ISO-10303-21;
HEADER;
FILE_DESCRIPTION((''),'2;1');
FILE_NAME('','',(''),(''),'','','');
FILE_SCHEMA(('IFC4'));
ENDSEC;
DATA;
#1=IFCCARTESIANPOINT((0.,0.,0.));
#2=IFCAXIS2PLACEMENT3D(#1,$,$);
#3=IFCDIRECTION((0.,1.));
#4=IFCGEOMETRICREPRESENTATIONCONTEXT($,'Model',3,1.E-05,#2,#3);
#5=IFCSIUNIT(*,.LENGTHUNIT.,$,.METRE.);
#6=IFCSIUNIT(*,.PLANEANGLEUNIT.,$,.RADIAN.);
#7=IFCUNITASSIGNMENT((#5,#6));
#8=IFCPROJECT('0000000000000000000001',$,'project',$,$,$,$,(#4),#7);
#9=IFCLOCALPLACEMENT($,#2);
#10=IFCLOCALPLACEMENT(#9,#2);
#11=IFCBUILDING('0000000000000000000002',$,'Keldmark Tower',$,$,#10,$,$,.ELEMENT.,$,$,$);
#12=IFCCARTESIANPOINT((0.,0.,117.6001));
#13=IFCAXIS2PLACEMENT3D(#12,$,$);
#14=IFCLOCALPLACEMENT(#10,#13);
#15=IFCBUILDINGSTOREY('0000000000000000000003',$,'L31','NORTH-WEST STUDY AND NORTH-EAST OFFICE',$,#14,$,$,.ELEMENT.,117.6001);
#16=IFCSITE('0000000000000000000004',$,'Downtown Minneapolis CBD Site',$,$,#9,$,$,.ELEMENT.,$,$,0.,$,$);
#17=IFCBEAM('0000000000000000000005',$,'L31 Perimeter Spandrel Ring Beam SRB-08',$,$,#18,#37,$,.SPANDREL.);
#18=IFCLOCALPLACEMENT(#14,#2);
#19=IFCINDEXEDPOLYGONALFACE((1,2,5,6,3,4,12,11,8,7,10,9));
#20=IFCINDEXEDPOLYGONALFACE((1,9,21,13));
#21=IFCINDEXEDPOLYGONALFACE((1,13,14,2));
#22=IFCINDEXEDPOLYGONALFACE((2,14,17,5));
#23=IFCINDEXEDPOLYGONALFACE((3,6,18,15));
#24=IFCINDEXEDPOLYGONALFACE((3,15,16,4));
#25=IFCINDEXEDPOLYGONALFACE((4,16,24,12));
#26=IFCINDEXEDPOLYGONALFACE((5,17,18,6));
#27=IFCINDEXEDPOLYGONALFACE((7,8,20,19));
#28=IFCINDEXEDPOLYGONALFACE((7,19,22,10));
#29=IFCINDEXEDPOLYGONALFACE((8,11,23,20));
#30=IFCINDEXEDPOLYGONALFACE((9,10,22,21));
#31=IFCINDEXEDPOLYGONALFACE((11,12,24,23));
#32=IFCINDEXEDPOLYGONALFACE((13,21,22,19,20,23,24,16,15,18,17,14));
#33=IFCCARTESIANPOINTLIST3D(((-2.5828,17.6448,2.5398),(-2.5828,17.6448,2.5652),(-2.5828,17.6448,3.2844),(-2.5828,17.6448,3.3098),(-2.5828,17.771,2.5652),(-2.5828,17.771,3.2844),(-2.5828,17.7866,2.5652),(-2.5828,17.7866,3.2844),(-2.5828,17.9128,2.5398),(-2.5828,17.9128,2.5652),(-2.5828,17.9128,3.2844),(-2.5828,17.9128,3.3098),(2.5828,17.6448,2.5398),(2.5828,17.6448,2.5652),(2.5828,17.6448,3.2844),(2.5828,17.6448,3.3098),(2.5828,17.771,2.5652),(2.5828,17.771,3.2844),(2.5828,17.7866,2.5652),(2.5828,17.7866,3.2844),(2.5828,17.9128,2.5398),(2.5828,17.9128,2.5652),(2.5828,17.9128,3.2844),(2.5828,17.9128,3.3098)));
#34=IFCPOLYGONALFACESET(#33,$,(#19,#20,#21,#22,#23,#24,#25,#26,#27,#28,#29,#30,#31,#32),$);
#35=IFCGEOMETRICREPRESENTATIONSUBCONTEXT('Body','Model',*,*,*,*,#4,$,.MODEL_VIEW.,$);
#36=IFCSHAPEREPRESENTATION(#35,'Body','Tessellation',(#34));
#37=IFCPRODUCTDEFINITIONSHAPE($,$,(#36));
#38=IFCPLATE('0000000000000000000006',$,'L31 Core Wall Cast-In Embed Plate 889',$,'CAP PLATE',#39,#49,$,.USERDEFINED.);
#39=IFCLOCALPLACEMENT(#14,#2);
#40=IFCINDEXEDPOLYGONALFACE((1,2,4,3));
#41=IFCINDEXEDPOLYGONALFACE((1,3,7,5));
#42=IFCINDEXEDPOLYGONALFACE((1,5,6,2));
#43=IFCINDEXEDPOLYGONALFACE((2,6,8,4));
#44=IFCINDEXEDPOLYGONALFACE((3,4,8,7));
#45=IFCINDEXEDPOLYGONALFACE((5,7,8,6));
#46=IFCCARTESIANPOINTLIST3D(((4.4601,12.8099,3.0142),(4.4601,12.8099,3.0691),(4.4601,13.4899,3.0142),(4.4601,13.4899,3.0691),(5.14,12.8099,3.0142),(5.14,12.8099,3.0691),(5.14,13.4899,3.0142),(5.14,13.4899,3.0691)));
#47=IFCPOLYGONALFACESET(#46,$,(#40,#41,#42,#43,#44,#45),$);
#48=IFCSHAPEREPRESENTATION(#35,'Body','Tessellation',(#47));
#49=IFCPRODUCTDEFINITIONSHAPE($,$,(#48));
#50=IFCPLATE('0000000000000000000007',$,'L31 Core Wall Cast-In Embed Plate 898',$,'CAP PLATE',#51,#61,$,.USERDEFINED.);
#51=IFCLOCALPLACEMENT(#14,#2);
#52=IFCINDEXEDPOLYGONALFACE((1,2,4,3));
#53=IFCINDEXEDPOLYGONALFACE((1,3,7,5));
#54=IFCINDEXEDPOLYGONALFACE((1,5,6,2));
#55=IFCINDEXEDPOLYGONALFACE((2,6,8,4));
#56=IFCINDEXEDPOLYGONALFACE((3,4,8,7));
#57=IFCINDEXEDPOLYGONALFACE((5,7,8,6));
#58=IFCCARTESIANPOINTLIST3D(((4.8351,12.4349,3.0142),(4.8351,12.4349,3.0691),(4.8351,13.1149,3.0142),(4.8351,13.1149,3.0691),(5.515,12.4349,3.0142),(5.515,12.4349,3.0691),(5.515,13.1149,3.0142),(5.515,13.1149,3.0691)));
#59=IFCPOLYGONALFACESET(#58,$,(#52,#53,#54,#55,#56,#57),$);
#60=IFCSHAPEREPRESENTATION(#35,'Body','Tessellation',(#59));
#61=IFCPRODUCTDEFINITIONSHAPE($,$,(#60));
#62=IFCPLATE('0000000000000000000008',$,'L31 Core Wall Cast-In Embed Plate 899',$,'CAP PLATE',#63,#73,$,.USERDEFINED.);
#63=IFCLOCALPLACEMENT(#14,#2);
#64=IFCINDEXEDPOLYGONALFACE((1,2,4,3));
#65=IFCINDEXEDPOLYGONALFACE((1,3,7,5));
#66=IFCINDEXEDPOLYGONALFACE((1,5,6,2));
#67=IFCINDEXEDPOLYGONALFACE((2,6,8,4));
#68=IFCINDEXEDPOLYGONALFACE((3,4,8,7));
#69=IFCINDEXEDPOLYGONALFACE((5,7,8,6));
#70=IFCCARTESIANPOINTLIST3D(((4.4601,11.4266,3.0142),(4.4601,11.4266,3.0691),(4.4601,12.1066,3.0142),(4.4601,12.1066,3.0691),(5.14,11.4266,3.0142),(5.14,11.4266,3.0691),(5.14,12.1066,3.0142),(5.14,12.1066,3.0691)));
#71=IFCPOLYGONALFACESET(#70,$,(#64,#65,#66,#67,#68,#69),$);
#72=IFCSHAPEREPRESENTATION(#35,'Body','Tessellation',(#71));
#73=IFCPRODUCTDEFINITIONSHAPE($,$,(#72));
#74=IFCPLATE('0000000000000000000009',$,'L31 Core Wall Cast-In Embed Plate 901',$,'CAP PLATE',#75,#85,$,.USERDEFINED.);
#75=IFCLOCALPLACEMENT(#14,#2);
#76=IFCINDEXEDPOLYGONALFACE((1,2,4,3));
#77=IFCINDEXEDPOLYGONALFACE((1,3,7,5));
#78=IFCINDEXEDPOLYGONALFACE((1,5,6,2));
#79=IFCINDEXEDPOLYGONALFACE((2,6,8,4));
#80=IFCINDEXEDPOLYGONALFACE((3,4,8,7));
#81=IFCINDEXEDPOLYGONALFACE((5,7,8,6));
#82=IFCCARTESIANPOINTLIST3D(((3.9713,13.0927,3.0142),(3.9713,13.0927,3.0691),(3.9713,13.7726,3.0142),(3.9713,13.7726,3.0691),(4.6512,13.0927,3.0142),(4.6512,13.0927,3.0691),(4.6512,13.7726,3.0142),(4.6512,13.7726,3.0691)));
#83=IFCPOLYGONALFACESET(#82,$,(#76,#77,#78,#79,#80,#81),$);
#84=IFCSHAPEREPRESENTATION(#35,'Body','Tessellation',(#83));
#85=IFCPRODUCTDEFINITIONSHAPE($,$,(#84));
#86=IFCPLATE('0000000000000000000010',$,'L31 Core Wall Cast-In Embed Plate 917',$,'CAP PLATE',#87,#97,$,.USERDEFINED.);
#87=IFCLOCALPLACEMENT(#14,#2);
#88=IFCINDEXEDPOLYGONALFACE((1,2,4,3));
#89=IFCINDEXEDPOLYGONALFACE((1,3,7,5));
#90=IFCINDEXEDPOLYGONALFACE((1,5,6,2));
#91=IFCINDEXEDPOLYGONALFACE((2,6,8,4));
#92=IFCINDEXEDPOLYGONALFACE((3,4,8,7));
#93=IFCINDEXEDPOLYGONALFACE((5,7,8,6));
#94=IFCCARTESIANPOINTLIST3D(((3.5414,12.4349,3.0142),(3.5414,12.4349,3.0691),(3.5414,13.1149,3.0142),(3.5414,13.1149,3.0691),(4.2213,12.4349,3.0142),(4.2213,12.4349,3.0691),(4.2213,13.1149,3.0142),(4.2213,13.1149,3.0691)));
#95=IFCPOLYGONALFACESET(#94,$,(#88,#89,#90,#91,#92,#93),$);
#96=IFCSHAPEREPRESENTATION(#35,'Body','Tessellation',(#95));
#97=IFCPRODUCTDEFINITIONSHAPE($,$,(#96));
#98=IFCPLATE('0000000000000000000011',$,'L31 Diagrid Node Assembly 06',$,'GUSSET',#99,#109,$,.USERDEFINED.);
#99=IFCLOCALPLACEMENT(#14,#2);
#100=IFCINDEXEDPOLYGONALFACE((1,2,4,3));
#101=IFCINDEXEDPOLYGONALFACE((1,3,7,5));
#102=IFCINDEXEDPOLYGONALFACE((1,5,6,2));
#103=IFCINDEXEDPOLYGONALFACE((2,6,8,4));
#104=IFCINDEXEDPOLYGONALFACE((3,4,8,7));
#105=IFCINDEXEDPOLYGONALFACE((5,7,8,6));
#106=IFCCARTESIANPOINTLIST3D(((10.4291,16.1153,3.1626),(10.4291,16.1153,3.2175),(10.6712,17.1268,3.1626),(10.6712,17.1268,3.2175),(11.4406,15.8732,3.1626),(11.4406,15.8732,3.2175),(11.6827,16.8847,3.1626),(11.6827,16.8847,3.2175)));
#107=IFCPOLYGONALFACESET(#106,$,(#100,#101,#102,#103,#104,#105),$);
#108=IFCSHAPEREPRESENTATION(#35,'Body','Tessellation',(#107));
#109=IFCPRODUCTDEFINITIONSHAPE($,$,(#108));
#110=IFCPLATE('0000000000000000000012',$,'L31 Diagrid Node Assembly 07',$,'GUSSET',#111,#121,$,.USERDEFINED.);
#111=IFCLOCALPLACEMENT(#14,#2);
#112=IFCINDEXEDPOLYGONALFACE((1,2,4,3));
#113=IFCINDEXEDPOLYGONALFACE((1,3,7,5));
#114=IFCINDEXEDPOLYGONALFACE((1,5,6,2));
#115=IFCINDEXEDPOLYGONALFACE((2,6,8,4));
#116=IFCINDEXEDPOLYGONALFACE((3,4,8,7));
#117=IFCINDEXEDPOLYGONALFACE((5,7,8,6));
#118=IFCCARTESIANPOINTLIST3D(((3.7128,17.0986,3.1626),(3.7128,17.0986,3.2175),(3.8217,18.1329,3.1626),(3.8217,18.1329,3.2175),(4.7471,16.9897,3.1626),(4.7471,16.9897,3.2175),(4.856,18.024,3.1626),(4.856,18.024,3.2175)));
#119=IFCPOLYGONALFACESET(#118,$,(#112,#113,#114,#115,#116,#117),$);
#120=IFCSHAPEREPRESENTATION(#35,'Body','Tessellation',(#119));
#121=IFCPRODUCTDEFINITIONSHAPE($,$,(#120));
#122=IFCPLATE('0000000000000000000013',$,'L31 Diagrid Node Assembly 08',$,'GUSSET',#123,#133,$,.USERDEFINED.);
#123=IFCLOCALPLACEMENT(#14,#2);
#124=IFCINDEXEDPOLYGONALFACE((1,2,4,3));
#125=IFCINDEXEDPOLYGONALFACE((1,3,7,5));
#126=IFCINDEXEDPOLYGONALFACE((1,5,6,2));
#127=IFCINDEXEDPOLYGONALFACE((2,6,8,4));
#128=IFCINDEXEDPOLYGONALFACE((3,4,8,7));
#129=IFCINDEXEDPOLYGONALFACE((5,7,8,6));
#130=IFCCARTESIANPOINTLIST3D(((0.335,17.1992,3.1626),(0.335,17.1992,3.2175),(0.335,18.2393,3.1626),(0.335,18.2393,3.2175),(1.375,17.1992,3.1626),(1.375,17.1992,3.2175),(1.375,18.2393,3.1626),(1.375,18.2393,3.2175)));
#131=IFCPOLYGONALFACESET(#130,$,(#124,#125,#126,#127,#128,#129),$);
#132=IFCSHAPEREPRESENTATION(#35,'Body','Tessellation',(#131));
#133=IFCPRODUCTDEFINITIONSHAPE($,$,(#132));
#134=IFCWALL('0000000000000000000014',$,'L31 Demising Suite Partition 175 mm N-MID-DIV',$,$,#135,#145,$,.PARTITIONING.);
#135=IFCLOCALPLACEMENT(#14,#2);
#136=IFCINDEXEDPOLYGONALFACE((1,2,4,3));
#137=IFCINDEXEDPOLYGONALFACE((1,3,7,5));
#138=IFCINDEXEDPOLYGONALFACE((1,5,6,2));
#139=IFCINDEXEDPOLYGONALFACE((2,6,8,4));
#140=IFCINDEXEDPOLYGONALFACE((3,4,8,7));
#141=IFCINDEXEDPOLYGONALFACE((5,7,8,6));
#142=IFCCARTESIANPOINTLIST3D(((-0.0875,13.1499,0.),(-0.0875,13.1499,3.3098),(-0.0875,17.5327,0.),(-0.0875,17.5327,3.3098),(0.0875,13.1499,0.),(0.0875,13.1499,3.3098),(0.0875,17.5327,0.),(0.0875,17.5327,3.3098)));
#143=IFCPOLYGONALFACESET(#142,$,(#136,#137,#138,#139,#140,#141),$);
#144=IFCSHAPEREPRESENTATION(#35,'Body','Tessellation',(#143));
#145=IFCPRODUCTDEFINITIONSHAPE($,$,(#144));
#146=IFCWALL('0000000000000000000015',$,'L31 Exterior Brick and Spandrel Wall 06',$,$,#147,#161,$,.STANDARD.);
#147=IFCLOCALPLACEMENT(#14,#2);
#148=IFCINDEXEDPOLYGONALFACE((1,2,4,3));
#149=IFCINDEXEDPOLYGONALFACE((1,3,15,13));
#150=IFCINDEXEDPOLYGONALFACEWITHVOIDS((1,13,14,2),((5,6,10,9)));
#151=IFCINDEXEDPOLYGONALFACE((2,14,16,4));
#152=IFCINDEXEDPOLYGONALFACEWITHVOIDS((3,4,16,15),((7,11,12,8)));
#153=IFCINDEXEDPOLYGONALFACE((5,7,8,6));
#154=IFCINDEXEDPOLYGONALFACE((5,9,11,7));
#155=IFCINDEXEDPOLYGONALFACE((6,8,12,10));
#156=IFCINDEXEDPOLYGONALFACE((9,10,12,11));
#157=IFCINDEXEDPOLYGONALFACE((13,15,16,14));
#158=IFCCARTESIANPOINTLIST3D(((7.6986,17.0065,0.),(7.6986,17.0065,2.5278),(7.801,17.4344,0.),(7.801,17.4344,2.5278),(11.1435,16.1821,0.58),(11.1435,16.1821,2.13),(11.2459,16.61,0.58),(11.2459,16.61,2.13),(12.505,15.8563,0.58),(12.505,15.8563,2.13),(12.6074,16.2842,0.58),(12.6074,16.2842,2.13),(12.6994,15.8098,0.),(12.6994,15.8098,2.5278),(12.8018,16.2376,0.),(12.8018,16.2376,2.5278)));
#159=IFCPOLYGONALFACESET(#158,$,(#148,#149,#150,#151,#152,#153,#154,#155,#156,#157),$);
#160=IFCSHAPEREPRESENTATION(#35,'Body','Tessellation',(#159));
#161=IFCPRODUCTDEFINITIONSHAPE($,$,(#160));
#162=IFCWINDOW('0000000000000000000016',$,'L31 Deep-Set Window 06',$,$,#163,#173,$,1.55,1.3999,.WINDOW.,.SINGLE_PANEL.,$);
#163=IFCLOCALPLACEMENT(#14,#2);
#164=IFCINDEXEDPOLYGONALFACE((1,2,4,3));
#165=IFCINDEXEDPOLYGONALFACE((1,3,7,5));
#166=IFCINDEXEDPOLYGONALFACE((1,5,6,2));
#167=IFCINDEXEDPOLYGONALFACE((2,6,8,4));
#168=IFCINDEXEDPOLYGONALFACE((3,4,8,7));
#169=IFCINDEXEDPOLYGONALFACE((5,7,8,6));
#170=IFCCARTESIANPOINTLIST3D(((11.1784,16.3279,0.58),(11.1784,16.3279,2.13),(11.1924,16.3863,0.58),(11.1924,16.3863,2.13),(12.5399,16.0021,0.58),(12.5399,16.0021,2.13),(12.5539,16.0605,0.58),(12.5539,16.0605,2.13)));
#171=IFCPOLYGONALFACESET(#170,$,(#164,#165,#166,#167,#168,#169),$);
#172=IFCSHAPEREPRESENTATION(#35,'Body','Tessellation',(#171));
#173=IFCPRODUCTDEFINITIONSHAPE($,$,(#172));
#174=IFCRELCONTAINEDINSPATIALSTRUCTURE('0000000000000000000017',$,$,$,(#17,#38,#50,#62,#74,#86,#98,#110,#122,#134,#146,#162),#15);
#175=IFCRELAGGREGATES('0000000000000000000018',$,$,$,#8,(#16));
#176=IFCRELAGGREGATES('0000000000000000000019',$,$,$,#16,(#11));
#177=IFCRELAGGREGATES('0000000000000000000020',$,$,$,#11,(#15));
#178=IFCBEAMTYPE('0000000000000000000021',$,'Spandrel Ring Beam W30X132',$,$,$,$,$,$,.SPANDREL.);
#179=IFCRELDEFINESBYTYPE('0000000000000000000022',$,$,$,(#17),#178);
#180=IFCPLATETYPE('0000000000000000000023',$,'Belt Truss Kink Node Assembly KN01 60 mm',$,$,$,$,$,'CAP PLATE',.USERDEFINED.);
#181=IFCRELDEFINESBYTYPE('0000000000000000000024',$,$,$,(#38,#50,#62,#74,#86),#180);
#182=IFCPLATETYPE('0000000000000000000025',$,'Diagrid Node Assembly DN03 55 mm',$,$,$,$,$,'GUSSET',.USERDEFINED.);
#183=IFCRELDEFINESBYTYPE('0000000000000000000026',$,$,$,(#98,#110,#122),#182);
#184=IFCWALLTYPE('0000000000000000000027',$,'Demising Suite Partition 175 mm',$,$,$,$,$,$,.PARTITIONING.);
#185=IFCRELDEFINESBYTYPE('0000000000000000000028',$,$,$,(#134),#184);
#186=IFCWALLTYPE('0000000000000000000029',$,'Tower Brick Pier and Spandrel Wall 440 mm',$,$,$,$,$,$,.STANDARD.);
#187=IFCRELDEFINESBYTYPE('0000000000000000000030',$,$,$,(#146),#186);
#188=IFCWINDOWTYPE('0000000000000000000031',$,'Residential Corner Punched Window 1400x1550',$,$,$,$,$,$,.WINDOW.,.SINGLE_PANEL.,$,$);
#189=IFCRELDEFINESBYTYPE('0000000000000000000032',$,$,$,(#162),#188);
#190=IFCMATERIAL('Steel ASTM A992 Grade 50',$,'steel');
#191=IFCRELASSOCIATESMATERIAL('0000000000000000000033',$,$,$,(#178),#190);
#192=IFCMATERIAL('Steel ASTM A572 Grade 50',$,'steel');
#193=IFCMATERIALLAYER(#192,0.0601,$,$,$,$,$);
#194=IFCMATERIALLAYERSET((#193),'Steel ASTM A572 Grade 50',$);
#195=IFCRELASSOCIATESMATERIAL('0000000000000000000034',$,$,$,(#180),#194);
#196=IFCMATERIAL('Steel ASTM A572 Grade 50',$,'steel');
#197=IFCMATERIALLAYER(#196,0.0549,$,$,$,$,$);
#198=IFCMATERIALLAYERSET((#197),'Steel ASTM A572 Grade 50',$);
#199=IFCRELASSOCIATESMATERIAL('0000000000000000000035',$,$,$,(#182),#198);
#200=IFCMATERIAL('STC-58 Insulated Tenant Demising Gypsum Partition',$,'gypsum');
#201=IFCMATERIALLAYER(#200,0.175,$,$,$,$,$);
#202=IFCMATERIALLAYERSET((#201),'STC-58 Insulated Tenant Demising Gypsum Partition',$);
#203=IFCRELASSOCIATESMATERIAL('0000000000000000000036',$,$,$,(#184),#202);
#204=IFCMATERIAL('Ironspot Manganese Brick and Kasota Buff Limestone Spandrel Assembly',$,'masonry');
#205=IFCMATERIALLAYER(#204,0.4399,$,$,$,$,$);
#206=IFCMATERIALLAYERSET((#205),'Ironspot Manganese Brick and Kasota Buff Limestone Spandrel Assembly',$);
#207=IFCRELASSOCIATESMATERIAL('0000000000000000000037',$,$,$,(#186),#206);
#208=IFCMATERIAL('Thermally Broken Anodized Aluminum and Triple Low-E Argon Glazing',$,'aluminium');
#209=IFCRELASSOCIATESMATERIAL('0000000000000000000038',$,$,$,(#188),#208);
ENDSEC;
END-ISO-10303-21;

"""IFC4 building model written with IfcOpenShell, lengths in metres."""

from ifc_helpers import new_model, si_unit, direction, frame, frame_2d, origin, origin_2d, place, context, subcontext, project, spatial, rectangle, i_section, extrude, material, layer, layer_set, material_profile, profile_set, type_object, element, fill, save


model = new_model("IFC4")

# Units and contexts
model_context = context("Model", 3, precision=1e-05, world=origin(), true_north=direction((0.0, 1.0)))
body_context = subcontext(model_context, "Body", "Model", "MODEL_VIEW")
ifc_project = project(units=[si_unit("LENGTHUNIT", "METRE"), si_unit("PLANEANGLEUNIT", "RADIAN")], contexts=[model_context])

# Site, building, storey
site_placement = place(None, origin())
site = spatial("IfcSite", under=ifc_project, at=site_placement, Name="Downtown Minneapolis CBD Site", CompositionType="ELEMENT", RefElevation=0.0)
building_placement = place(site_placement, origin())
building = spatial("IfcBuilding", under=site, at=building_placement, Name="Keldmark Tower", CompositionType="ELEMENT")
storey_placement = place(building_placement, frame((0.0, 0.0, 117.6001)))
storey = spatial("IfcBuildingStorey", under=building, at=storey_placement, Name="L31", Description="NORTH-WEST STUDY AND NORTH-EAST OFFICE", CompositionType="ELEMENT", Elevation=117.6001)

# Beam
ifc_material_1 = material(Name="Steel ASTM A992 Grade 50", Category="steel")
ifc_material_profile_1 = material_profile(ifc_material_1, i_section(OverallWidth=0.2681, OverallDepth=0.77, WebThickness=0.0156, FlangeThickness=0.0254, at=origin_2d()), Name="W30X132")
ifc_profile_set_1 = profile_set([ifc_material_profile_1], Name="Steel ASTM A992 Grade 50")
beam_type_1 = type_object("IfcBeamType", Name="Spandrel Ring Beam W30X132", PredefinedType="SPANDREL", material=ifc_profile_set_1)
beam_1_placement = place(storey_placement, frame((2.5828, 17.7788, 2.9248), z_axis=(-1.0, 0.0, 0.0), x_axis=(0.0, -1.0, 0.0)))
element("IfcBeam", 1, at=beam_1_placement, inside=storey, type_object=beam_type_1, Name="L31 Perimeter Spandrel Ring Beam SRB-08", PredefinedType="SPANDREL", context=body_context, shape_type="SweptSolid", body=[
    extrude(i_section(OverallWidth=0.2681, OverallDepth=0.77, WebThickness=0.0156, FlangeThickness=0.0254, at=origin_2d()), origin(), (0.0, 0.0, 1.0), 5.1655),
])

# Plates
ifc_material_2 = material(Name="Steel ASTM A572 Grade 50", Category="steel")
ifc_layer_1 = layer(ifc_material_2, 0.0601)
ifc_layer_set_1 = layer_set([ifc_layer_1], Name="Steel ASTM A572 Grade 50")
plate_type_1 = type_object("IfcPlateType", Name="Belt Truss Kink Node Assembly KN01 60 mm", ElementType="CAP PLATE", PredefinedType="USERDEFINED", material=ifc_layer_set_1)
for number, where, z_axis, x_axis, name in (
    (2, (4.8, 13.1499, 3.0142), (0.0, 0.0, 1.0), (1.0, 0.0, 0.0), "L31 Core Wall Cast-In Embed Plate 889"),
    (3, (5.175, 12.7749, 3.0142), (0.0, 0.0, 1.0), (1.0, 0.0, 0.0), "L31 Core Wall Cast-In Embed Plate 898"),
    (4, (4.8, 11.7666, 3.0142), (0.0, 0.0, 1.0), (1.0, 0.0, 0.0), "L31 Core Wall Cast-In Embed Plate 899"),
    (5, (4.3113, 13.4326, 3.0142), (0.0, 0.0, 1.0), (1.0, 0.0, 0.0), "L31 Core Wall Cast-In Embed Plate 901"),
    (6, (3.8813, 12.7749, 3.0142), (0.0, 0.0, 1.0), (1.0, 0.0, 0.0), "L31 Core Wall Cast-In Embed Plate 917"),
):
    element("IfcPlate", number, at=place(storey_placement, frame(where, z_axis=z_axis, x_axis=x_axis)), inside=storey, type_object=plate_type_1, Name=name, ObjectType="CAP PLATE", PredefinedType="USERDEFINED", context=body_context, shape_type="SweptSolid", body=[
        extrude(rectangle(XDim=0.6799, YDim=0.6799, at=origin_2d()), origin(), (0.0, 0.0, 1.0), 0.0549),
    ])
ifc_material_3 = material(Name="Steel ASTM A572 Grade 50", Category="steel")
ifc_layer_2 = layer(ifc_material_3, 0.0549)
ifc_layer_set_2 = layer_set([ifc_layer_2], Name="Steel ASTM A572 Grade 50")
plate_type_2 = type_object("IfcPlateType", Name="Diagrid Node Assembly DN03 55 mm", ElementType="GUSSET", PredefinedType="USERDEFINED", material=ifc_layer_set_2)
for number, where, z_axis, x_axis, name in (
    (7, (11.0559, 16.5, 3.1626), (0.0, 0.0, 1.0), (-0.972533, 0.232766, 0.0), "L31 Diagrid Node Assembly 06"),
    (8, (4.2844, 17.5613, 3.1626), (0.0, 0.0, 1.0), (-0.994504, 0.104702, 0.0), "L31 Diagrid Node Assembly 07"),
    (9, (0.855, 17.7192, 3.1626), (0.0, 0.0, 1.0), (-1.0, 0.0, 0.0), "L31 Diagrid Node Assembly 08"),
):
    element("IfcPlate", number, at=place(storey_placement, frame(where, z_axis=z_axis, x_axis=x_axis)), inside=storey, type_object=plate_type_2, Name=name, ObjectType="GUSSET", PredefinedType="USERDEFINED", context=body_context, shape_type="SweptSolid", body=[
        extrude(rectangle(XDim=1.04, YDim=1.04, at=origin_2d()), origin(), (0.0, 0.0, 1.0), 0.0549),
    ])

# Wall
ifc_material_4 = material(Name="STC-58 Insulated Tenant Demising Gypsum Partition", Category="gypsum")
ifc_layer_3 = layer(ifc_material_4, 0.175)
ifc_layer_set_3 = layer_set([ifc_layer_3], Name="STC-58 Insulated Tenant Demising Gypsum Partition")
wall_type_1 = type_object("IfcWallType", Name="Demising Suite Partition 175 mm", PredefinedType="PARTITIONING", material=ifc_layer_set_3)
wall_1_placement = place(storey_placement, frame((0.0, 13.1499, 0.0), z_axis=(0.0, 0.0, 1.0), x_axis=(0.0, 1.0, 0.0)))
element("IfcWall", 10, at=wall_1_placement, inside=storey, type_object=wall_type_1, Name="L31 Demising Suite Partition 175 mm N-MID-DIV", PredefinedType="PARTITIONING", context=body_context, shape_type="SweptSolid", body=[
    extrude(rectangle(XDim=4.3828, YDim=0.175, at=frame_2d((2.1914, 0.0))), origin(), (0.0, 0.0, 1.0), 3.3098),
])

# Wall, opening, window
ifc_material_5 = material(Name="Ironspot Manganese Brick and Kasota Buff Limestone Spandrel Assembly", Category="masonry")
ifc_layer_4 = layer(ifc_material_5, 0.4399)
ifc_layer_set_4 = layer_set([ifc_layer_4], Name="Ironspot Manganese Brick and Kasota Buff Limestone Spandrel Assembly")
wall_type_2 = type_object("IfcWallType", Name="Tower Brick Pier and Spandrel Wall 440 mm", PredefinedType="STANDARD", material=ifc_layer_set_4)
wall_2_placement = place(storey_placement, frame((7.7498, 17.2205, 0.0), z_axis=(0.0, 0.0, 1.0), x_axis=(0.97254, -0.232737, 0.0)))
wall_2 = element("IfcWall", 11, at=wall_2_placement, inside=storey, type_object=wall_type_2, Name="L31 Exterior Brick and Spandrel Wall 06", PredefinedType="STANDARD", context=body_context, shape_type="SweptSolid", body=[
    extrude(rectangle(XDim=5.1421, YDim=0.4399, at=frame_2d((2.571, 0.0))), origin(), (0.0, 0.0, 1.0), 2.5278),
])
opening_1_placement = place(wall_2_placement, frame((3.5422, 0.0, 0.5801)))
opening_1 = element("IfcOpeningElement", 12, at=opening_1_placement, cuts=wall_2, PredefinedType="OPENING", context=body_context, shape_type="SweptSolid", body=[
    extrude(rectangle(XDim=1.3999, YDim=1.55, at=frame_2d((0.7, 0.7749))), frame((0.0, 0.23, 0.0), z_axis=(0.0, -1.0, 0.0), x_axis=(1.0, 0.0, 0.0)), (0.0, 0.0, 1.0), 0.46),
])
ifc_material_6 = material(Name="Thermally Broken Anodized Aluminum and Triple Low-E Argon Glazing", Category="aluminium")
window_type = type_object("IfcWindowType", Name="Residential Corner Punched Window 1400x1550", PartitioningType="SINGLE_PANEL", PredefinedType="WINDOW", material=ifc_material_6)
window_1_placement = place(opening_1_placement, origin())
window_1 = element("IfcWindow", 13, at=window_1_placement, inside=storey, type_object=window_type, Name="L31 Deep-Set Window 06", OverallHeight=1.55, OverallWidth=1.3999, PartitioningType="SINGLE_PANEL", PredefinedType="WINDOW", context=body_context, shape_type="SweptSolid", body=[
    extrude(rectangle(XDim=1.3999, YDim=1.55, at=frame_2d((0.7, 0.7749))), frame((0.0, -0.01, 0.0), z_axis=(0.0, -1.0, 0.0), x_axis=(1.0, 0.0, 0.0)), (0.0, 0.0, 1.0), 0.0601),
])
fill(opening_1, window_1)

save(model, "model.ifc")
